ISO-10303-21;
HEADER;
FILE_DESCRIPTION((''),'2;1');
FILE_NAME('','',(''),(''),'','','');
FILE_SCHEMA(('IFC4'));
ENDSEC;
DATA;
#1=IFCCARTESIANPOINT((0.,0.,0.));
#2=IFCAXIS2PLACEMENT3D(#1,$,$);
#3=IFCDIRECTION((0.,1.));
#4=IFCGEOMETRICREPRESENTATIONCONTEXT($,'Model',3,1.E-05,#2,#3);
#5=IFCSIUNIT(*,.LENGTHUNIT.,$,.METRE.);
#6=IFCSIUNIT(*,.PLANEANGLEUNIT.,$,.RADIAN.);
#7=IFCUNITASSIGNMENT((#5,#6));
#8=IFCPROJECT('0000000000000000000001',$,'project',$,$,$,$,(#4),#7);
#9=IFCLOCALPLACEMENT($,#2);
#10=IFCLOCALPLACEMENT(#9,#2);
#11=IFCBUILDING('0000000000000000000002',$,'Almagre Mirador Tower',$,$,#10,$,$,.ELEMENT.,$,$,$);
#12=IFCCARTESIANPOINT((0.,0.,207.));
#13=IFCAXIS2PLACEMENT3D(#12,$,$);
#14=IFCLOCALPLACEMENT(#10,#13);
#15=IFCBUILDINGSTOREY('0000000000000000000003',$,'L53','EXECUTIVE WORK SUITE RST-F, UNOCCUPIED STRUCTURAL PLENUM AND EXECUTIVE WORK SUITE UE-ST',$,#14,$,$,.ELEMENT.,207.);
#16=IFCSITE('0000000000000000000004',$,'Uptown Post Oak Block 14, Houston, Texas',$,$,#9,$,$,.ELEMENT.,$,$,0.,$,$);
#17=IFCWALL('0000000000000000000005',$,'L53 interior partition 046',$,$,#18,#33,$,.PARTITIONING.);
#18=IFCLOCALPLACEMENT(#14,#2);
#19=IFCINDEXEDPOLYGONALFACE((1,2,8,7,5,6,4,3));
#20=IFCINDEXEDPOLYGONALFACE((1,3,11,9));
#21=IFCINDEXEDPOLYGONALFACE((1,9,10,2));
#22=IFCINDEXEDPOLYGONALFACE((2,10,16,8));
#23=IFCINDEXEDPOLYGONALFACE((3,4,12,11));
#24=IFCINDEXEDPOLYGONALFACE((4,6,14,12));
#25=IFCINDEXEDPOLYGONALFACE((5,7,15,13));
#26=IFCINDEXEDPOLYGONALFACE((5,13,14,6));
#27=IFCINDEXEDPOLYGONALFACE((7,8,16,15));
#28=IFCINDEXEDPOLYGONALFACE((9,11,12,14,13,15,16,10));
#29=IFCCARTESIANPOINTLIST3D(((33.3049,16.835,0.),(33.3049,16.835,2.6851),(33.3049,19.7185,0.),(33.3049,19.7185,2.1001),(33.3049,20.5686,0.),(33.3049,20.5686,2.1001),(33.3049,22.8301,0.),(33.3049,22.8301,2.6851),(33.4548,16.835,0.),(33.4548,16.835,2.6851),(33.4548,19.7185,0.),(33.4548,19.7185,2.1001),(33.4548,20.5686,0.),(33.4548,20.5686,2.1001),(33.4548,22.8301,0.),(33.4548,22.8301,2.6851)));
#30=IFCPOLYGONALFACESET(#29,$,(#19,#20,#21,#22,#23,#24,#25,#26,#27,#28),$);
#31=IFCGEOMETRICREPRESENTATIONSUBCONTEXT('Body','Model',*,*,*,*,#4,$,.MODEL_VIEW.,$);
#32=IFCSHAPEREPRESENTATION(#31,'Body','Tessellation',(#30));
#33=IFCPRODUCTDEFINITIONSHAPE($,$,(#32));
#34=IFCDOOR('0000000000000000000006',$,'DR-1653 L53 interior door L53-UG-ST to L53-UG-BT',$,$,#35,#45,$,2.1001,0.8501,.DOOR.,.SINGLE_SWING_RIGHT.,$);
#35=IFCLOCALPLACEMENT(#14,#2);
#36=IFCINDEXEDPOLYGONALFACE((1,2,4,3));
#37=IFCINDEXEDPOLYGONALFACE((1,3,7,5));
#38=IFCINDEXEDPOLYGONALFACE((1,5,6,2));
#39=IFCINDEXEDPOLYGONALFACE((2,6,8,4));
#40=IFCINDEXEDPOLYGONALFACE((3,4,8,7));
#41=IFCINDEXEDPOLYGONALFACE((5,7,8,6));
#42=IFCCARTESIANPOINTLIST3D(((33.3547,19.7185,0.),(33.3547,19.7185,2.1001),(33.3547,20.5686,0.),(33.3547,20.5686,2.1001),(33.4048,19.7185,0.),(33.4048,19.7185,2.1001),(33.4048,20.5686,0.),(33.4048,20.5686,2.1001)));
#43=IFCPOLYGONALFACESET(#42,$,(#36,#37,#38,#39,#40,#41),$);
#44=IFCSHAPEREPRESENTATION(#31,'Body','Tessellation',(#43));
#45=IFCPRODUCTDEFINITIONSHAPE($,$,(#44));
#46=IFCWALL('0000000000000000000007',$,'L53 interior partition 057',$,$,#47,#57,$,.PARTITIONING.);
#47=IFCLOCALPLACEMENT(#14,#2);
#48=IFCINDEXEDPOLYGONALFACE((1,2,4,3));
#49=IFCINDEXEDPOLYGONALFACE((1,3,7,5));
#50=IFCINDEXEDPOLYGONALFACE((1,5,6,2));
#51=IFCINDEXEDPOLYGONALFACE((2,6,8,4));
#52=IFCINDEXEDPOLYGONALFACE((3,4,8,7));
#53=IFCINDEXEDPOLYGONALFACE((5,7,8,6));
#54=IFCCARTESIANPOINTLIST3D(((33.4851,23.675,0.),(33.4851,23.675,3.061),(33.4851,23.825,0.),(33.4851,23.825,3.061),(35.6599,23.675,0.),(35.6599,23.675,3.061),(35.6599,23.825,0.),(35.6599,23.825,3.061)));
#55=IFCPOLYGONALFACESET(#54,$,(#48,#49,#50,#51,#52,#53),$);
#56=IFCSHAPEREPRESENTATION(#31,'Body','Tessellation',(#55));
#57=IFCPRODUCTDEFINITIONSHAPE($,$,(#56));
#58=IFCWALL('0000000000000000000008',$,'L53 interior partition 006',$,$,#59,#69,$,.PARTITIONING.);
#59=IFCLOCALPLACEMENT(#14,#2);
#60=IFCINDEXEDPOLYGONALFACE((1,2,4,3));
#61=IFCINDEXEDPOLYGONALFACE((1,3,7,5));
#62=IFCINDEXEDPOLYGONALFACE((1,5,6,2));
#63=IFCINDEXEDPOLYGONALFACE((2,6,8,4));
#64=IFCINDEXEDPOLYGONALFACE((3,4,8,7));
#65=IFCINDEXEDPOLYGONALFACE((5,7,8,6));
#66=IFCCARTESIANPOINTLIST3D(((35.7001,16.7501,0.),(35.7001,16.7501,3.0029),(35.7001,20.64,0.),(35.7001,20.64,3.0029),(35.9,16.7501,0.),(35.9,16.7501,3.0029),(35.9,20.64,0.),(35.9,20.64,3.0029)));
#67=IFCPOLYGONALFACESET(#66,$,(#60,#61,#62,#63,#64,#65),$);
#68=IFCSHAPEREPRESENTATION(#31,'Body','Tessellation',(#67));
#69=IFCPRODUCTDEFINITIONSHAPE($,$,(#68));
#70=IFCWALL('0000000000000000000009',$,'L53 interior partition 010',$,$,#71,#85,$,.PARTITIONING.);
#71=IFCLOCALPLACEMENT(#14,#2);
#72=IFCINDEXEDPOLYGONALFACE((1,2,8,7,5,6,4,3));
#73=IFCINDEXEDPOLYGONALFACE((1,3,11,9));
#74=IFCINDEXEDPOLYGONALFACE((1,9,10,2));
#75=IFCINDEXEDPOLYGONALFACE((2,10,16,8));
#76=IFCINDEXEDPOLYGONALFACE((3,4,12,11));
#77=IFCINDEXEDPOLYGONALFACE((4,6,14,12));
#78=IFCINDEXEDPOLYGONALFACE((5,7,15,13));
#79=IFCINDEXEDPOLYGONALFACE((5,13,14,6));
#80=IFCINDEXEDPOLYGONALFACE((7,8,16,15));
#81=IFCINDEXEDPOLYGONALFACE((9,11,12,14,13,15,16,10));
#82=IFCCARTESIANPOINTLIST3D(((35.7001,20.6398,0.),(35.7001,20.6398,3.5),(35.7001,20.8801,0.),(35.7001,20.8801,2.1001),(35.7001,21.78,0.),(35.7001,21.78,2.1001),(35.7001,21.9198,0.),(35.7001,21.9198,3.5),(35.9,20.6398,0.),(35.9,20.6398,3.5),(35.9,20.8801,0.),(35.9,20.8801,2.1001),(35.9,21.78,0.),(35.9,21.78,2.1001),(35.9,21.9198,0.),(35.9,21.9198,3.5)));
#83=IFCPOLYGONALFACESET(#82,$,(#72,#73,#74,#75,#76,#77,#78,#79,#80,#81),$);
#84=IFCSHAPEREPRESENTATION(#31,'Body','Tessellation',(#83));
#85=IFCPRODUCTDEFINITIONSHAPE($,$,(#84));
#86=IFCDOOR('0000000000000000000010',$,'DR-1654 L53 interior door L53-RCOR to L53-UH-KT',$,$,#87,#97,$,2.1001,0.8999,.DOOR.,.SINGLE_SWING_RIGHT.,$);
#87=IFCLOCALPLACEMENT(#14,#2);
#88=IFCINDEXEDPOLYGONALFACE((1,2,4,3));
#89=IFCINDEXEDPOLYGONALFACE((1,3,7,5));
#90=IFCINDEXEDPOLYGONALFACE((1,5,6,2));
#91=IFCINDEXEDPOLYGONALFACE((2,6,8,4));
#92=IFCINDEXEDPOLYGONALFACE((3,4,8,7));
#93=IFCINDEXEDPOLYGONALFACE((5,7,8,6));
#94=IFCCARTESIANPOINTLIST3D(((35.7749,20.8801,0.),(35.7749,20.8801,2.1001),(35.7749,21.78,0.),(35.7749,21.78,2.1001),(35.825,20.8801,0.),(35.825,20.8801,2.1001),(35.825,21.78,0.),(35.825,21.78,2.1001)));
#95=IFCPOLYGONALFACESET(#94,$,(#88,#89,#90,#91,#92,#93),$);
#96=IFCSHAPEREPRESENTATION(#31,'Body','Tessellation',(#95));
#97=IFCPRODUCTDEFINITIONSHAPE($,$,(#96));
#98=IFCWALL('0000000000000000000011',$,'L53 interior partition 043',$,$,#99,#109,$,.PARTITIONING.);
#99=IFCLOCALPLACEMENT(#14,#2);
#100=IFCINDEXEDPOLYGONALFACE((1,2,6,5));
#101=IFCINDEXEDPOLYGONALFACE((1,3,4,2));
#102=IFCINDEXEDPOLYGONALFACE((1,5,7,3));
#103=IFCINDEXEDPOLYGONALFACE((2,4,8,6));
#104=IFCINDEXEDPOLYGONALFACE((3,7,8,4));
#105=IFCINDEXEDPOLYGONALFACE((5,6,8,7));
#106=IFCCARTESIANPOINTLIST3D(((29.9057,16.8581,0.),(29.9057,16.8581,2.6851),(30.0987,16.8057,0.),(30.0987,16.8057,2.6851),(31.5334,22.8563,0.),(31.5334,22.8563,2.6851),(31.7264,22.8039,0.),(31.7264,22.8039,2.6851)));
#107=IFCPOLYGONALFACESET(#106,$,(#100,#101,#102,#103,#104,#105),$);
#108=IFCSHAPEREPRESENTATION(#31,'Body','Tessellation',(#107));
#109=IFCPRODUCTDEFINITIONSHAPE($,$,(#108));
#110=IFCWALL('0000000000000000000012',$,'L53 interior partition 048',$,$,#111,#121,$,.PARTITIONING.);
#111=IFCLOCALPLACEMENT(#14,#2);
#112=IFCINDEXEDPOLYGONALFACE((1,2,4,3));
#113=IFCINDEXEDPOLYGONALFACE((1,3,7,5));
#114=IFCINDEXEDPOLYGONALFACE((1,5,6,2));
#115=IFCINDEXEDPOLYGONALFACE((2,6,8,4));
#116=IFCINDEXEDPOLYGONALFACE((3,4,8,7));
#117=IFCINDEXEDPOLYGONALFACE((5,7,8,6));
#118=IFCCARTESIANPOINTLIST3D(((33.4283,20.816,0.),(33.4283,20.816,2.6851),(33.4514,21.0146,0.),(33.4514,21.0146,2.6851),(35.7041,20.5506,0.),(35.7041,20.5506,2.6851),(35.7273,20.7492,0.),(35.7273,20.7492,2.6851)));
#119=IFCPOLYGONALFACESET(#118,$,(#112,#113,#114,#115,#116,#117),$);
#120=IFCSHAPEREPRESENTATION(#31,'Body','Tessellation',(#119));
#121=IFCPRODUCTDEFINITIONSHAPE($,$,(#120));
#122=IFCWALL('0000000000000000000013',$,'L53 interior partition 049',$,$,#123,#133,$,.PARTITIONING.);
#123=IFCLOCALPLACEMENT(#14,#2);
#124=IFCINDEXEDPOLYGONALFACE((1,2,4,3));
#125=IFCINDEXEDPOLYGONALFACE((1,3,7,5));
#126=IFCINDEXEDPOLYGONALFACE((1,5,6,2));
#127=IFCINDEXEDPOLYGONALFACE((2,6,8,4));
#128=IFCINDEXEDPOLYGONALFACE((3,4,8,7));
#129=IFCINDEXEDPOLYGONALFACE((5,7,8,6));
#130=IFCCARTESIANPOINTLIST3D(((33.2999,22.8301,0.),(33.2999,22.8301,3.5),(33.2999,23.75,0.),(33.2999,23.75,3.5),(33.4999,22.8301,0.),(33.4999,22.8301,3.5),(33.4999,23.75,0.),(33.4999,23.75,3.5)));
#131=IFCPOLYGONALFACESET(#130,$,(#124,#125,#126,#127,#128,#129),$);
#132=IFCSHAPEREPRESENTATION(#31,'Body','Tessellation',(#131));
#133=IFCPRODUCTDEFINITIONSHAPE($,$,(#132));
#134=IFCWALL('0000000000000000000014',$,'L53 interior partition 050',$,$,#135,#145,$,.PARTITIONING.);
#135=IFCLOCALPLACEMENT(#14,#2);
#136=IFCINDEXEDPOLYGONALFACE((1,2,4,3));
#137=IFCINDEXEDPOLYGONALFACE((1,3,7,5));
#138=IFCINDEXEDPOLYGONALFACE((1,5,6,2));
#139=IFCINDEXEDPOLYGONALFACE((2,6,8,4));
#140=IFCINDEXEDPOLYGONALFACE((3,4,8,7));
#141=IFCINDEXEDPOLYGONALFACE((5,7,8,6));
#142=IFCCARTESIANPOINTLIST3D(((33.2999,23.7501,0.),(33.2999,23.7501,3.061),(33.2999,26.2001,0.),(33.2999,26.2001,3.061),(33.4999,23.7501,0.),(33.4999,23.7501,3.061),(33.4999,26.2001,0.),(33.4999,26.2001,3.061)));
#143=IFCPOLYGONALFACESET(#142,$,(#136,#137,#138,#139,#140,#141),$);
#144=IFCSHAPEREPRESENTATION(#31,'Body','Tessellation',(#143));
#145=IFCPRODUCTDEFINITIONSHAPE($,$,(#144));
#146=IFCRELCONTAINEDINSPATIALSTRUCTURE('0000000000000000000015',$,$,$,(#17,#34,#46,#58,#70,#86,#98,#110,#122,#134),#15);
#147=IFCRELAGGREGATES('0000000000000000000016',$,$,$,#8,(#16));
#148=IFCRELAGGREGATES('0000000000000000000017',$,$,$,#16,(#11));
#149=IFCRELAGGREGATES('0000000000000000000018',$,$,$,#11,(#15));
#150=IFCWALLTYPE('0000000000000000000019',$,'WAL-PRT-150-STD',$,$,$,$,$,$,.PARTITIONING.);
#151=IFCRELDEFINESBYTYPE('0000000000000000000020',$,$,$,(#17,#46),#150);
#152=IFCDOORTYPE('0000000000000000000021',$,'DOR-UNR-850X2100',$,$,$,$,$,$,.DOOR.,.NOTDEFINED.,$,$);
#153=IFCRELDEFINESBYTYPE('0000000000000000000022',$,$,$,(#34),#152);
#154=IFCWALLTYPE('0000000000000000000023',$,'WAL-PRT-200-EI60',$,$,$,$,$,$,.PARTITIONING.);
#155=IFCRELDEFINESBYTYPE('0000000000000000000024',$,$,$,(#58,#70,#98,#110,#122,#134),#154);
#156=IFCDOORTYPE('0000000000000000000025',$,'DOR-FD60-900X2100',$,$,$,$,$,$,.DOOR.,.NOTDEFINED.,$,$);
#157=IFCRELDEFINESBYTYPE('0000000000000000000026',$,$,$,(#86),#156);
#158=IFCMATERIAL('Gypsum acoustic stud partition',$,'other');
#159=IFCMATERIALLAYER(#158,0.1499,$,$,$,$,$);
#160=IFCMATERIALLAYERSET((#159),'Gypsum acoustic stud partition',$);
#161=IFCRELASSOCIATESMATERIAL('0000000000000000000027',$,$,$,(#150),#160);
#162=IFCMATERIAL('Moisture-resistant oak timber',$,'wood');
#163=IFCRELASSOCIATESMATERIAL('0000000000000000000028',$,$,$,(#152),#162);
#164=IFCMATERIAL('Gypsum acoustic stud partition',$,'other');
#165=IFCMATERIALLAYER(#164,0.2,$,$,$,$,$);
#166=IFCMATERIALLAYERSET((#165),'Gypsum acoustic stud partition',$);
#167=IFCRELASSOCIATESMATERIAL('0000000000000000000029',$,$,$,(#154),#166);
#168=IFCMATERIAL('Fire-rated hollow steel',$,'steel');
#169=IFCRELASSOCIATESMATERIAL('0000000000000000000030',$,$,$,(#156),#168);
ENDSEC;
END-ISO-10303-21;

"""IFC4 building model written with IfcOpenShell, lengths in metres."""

from ifc_helpers import new_model, si_unit, direction, frame, frame_2d, origin, place, context, subcontext, project, spatial, rectangle, extrude, material, layer, layer_set, type_object, element, fill, save


model = new_model("IFC4")

# Units and contexts
model_context = context("Model", 3, precision=1e-05, world=origin(), true_north=direction((0.0, 1.0)))
body_context = subcontext(model_context, "Body", "Model", "MODEL_VIEW")
ifc_project = project(units=[si_unit("LENGTHUNIT", "METRE"), si_unit("PLANEANGLEUNIT", "RADIAN")], contexts=[model_context])

# Site, building, storey
site_placement = place(None, origin())
site = spatial("IfcSite", under=ifc_project, at=site_placement, Name="Uptown Post Oak Block 14, Houston, Texas", CompositionType="ELEMENT", RefElevation=0.0)
building_placement = place(site_placement, origin())
building = spatial("IfcBuilding", under=site, at=building_placement, Name="Almagre Mirador Tower", CompositionType="ELEMENT")
storey_placement = place(building_placement, frame((0.0, 0.0, 207.0)))
storey = spatial("IfcBuildingStorey", under=building, at=storey_placement, Name="L53", Description="EXECUTIVE WORK SUITE RST-F, UNOCCUPIED STRUCTURAL PLENUM AND EXECUTIVE WORK SUITE UE-ST", CompositionType="ELEMENT", Elevation=207.0)

# Wall, opening, door
ifc_material_1 = material(Name="Gypsum acoustic stud partition", Category="other")
ifc_layer_1 = layer(ifc_material_1, 0.1499)
ifc_layer_set_1 = layer_set([ifc_layer_1], Name="Gypsum acoustic stud partition")
wall_type_1 = type_object("IfcWallType", Name="WAL-PRT-150-STD", PredefinedType="PARTITIONING", material=ifc_layer_set_1)
wall_1_placement = place(storey_placement, frame((33.3799, 22.8301, 0.0), z_axis=(0.0, 0.0, 1.0), x_axis=(0.0, -1.0, 0.0)))
wall_1 = element("IfcWall", 1, at=wall_1_placement, inside=storey, type_object=wall_type_1, Name="L53 interior partition 046", PredefinedType="PARTITIONING", context=body_context, shape_type="SweptSolid", body=[
    extrude(rectangle(XDim=5.9951, YDim=0.1499, at=frame_2d((2.9976, 0.0))), origin(), (0.0, 0.0, 1.0), 2.6851),
])
opening_1_placement = place(wall_1_placement, frame((2.2615, 0.0, 0.0)))
opening_1 = element("IfcOpeningElement", 2, at=opening_1_placement, cuts=wall_1, PredefinedType="OPENING", context=body_context, shape_type="SweptSolid", body=[
    extrude(rectangle(XDim=0.8501, YDim=2.1001, at=frame_2d((0.425, 1.05))), frame((0.0, 0.085, 0.0), z_axis=(0.0, -1.0, 0.0), x_axis=(1.0, 0.0, 0.0)), (0.0, 0.0, 1.0), 0.1699),
])
ifc_material_2 = material(Name="Moisture-resistant oak timber", Category="wood")
door_type_1 = type_object("IfcDoorType", Name="DOR-UNR-850X2100", OperationType="NOTDEFINED", PredefinedType="DOOR", material=ifc_material_2)
door_1_placement = place(opening_1_placement, origin())
door_1 = element("IfcDoor", 3, at=door_1_placement, inside=storey, type_object=door_type_1, Name="DR-1653 L53 interior door L53-UG-ST to L53-UG-BT", OperationType="SINGLE_SWING_RIGHT", OverallHeight=2.1001, OverallWidth=0.8501, PredefinedType="DOOR", context=body_context, shape_type="SweptSolid", body=[
    extrude(rectangle(XDim=0.8501, YDim=2.1001, at=frame_2d((0.425, 1.05))), frame((0.0, 0.0249, 0.0), z_axis=(0.0, -1.0, 0.0), x_axis=(1.0, 0.0, 0.0)), (0.0, 0.0, 1.0), 0.05),
])
fill(opening_1, door_1)

# Walls
wall_2_placement = place(storey_placement, frame((35.6599, 23.75, 0.0), z_axis=(0.0, 0.0, 1.0), x_axis=(-1.0, 0.0, 0.0)))
element("IfcWall", 4, at=wall_2_placement, inside=storey, type_object=wall_type_1, Name="L53 interior partition 057", PredefinedType="PARTITIONING", context=body_context, shape_type="SweptSolid", body=[
    extrude(rectangle(XDim=2.1748, YDim=0.1499, at=frame_2d((1.0874, 0.0))), origin(), (0.0, 0.0, 1.0), 3.061),
])
ifc_material_3 = material(Name="Gypsum acoustic stud partition", Category="other")
ifc_layer_2 = layer(ifc_material_3, 0.2)
ifc_layer_set_2 = layer_set([ifc_layer_2], Name="Gypsum acoustic stud partition")
wall_type_2 = type_object("IfcWallType", Name="WAL-PRT-200-EI60", PredefinedType="PARTITIONING", material=ifc_layer_set_2)
wall_3_placement = place(storey_placement, frame((35.8, 20.6399, 0.0), z_axis=(0.0, 0.0, 1.0), x_axis=(0.0, -1.0, 0.0)))
element("IfcWall", 5, at=wall_3_placement, inside=storey, type_object=wall_type_2, Name="L53 interior partition 006", PredefinedType="PARTITIONING", context=body_context, shape_type="SweptSolid", body=[
    extrude(rectangle(XDim=3.8899, YDim=0.2, at=frame_2d((1.9448, 0.0))), origin(), (0.0, 0.0, 1.0), 3.0029),
])

# Wall, opening, door
wall_4_placement = place(storey_placement, frame((35.8, 21.9199, 0.0), z_axis=(0.0, 0.0, 1.0), x_axis=(0.0, -1.0, 0.0)))
wall_4 = element("IfcWall", 6, at=wall_4_placement, inside=storey, type_object=wall_type_2, Name="L53 interior partition 010", PredefinedType="PARTITIONING", context=body_context, shape_type="SweptSolid", body=[
    extrude(rectangle(XDim=1.28, YDim=0.2, at=frame_2d((0.6401, 0.0))), origin(), (0.0, 0.0, 1.0), 3.5),
])
opening_2_placement = place(wall_4_placement, frame((0.1399, 0.0, 0.0)))
opening_2 = element("IfcOpeningElement", 7, at=opening_2_placement, cuts=wall_4, PredefinedType="OPENING", context=body_context, shape_type="SweptSolid", body=[
    extrude(rectangle(XDim=0.8999, YDim=2.1001, at=frame_2d((0.45, 1.05))), frame((0.0, 0.1101, 0.0), z_axis=(0.0, -1.0, 0.0), x_axis=(1.0, 0.0, 0.0)), (0.0, 0.0, 1.0), 0.22),
])
ifc_material_4 = material(Name="Fire-rated hollow steel", Category="steel")
door_type_2 = type_object("IfcDoorType", Name="DOR-FD60-900X2100", OperationType="NOTDEFINED", PredefinedType="DOOR", material=ifc_material_4)
door_2_placement = place(opening_2_placement, origin())
door_2 = element("IfcDoor", 8, at=door_2_placement, inside=storey, type_object=door_type_2, Name="DR-1654 L53 interior door L53-RCOR to L53-UH-KT", OperationType="SINGLE_SWING_RIGHT", OverallHeight=2.1001, OverallWidth=0.8999, PredefinedType="DOOR", context=body_context, shape_type="SweptSolid", body=[
    extrude(rectangle(XDim=0.8999, YDim=2.1001, at=frame_2d((0.45, 1.05))), frame((0.0, 0.0249, 0.0), z_axis=(0.0, -1.0, 0.0), x_axis=(1.0, 0.0, 0.0)), (0.0, 0.0, 1.0), 0.05),
])
fill(opening_2, door_2)

# Walls
wall_5_placement = place(storey_placement, frame((30.0022, 16.832, 0.0), z_axis=(0.0, 0.0, 1.0), x_axis=(0.261897, 0.965096, 0.0)))
element("IfcWall", 9, at=wall_5_placement, inside=storey, type_object=wall_type_2, Name="L53 interior partition 043", PredefinedType="PARTITIONING", context=body_context, shape_type="SweptSolid", body=[
    extrude(rectangle(XDim=6.2151, YDim=0.2, at=frame_2d((3.1074, 0.0))), origin(), (0.0, 0.0, 1.0), 2.6851),
])
wall_6_placement = place(storey_placement, frame((35.7156, 20.6499, 0.0), z_axis=(0.0, 0.0, 1.0), x_axis=(-0.99327, 0.115821, 0.0)))
element("IfcWall", 10, at=wall_6_placement, inside=storey, type_object=wall_type_2, Name="L53 interior partition 048", PredefinedType="PARTITIONING", context=body_context, shape_type="SweptSolid", body=[
    extrude(rectangle(XDim=2.2913, YDim=0.2, at=frame_2d((1.1455, 0.0))), origin(), (0.0, 0.0, 1.0), 2.6851),
])
wall_7_placement = place(storey_placement, frame((33.3999, 22.8301, 0.0), z_axis=(0.0, 0.0, 1.0), x_axis=(0.0, 1.0, 0.0)))
element("IfcWall", 11, at=wall_7_placement, inside=storey, type_object=wall_type_2, Name="L53 interior partition 049", PredefinedType="PARTITIONING", context=body_context, shape_type="SweptSolid", body=[
    extrude(rectangle(XDim=0.9199, YDim=0.2, at=frame_2d((0.46, 0.0))), origin(), (0.0, 0.0, 1.0), 3.5),
])
wall_8_placement = place(storey_placement, frame((33.3999, 23.75, 0.0), z_axis=(0.0, 0.0, 1.0), x_axis=(0.0, 1.0, 0.0)))
element("IfcWall", 12, at=wall_8_placement, inside=storey, type_object=wall_type_2, Name="L53 interior partition 050", PredefinedType="PARTITIONING", context=body_context, shape_type="SweptSolid", body=[
    extrude(rectangle(XDim=2.45, YDim=0.2, at=frame_2d((1.2251, 0.0))), origin(), (0.0, 0.0, 1.0), 3.061),
])

save(model, "model.ifc")
